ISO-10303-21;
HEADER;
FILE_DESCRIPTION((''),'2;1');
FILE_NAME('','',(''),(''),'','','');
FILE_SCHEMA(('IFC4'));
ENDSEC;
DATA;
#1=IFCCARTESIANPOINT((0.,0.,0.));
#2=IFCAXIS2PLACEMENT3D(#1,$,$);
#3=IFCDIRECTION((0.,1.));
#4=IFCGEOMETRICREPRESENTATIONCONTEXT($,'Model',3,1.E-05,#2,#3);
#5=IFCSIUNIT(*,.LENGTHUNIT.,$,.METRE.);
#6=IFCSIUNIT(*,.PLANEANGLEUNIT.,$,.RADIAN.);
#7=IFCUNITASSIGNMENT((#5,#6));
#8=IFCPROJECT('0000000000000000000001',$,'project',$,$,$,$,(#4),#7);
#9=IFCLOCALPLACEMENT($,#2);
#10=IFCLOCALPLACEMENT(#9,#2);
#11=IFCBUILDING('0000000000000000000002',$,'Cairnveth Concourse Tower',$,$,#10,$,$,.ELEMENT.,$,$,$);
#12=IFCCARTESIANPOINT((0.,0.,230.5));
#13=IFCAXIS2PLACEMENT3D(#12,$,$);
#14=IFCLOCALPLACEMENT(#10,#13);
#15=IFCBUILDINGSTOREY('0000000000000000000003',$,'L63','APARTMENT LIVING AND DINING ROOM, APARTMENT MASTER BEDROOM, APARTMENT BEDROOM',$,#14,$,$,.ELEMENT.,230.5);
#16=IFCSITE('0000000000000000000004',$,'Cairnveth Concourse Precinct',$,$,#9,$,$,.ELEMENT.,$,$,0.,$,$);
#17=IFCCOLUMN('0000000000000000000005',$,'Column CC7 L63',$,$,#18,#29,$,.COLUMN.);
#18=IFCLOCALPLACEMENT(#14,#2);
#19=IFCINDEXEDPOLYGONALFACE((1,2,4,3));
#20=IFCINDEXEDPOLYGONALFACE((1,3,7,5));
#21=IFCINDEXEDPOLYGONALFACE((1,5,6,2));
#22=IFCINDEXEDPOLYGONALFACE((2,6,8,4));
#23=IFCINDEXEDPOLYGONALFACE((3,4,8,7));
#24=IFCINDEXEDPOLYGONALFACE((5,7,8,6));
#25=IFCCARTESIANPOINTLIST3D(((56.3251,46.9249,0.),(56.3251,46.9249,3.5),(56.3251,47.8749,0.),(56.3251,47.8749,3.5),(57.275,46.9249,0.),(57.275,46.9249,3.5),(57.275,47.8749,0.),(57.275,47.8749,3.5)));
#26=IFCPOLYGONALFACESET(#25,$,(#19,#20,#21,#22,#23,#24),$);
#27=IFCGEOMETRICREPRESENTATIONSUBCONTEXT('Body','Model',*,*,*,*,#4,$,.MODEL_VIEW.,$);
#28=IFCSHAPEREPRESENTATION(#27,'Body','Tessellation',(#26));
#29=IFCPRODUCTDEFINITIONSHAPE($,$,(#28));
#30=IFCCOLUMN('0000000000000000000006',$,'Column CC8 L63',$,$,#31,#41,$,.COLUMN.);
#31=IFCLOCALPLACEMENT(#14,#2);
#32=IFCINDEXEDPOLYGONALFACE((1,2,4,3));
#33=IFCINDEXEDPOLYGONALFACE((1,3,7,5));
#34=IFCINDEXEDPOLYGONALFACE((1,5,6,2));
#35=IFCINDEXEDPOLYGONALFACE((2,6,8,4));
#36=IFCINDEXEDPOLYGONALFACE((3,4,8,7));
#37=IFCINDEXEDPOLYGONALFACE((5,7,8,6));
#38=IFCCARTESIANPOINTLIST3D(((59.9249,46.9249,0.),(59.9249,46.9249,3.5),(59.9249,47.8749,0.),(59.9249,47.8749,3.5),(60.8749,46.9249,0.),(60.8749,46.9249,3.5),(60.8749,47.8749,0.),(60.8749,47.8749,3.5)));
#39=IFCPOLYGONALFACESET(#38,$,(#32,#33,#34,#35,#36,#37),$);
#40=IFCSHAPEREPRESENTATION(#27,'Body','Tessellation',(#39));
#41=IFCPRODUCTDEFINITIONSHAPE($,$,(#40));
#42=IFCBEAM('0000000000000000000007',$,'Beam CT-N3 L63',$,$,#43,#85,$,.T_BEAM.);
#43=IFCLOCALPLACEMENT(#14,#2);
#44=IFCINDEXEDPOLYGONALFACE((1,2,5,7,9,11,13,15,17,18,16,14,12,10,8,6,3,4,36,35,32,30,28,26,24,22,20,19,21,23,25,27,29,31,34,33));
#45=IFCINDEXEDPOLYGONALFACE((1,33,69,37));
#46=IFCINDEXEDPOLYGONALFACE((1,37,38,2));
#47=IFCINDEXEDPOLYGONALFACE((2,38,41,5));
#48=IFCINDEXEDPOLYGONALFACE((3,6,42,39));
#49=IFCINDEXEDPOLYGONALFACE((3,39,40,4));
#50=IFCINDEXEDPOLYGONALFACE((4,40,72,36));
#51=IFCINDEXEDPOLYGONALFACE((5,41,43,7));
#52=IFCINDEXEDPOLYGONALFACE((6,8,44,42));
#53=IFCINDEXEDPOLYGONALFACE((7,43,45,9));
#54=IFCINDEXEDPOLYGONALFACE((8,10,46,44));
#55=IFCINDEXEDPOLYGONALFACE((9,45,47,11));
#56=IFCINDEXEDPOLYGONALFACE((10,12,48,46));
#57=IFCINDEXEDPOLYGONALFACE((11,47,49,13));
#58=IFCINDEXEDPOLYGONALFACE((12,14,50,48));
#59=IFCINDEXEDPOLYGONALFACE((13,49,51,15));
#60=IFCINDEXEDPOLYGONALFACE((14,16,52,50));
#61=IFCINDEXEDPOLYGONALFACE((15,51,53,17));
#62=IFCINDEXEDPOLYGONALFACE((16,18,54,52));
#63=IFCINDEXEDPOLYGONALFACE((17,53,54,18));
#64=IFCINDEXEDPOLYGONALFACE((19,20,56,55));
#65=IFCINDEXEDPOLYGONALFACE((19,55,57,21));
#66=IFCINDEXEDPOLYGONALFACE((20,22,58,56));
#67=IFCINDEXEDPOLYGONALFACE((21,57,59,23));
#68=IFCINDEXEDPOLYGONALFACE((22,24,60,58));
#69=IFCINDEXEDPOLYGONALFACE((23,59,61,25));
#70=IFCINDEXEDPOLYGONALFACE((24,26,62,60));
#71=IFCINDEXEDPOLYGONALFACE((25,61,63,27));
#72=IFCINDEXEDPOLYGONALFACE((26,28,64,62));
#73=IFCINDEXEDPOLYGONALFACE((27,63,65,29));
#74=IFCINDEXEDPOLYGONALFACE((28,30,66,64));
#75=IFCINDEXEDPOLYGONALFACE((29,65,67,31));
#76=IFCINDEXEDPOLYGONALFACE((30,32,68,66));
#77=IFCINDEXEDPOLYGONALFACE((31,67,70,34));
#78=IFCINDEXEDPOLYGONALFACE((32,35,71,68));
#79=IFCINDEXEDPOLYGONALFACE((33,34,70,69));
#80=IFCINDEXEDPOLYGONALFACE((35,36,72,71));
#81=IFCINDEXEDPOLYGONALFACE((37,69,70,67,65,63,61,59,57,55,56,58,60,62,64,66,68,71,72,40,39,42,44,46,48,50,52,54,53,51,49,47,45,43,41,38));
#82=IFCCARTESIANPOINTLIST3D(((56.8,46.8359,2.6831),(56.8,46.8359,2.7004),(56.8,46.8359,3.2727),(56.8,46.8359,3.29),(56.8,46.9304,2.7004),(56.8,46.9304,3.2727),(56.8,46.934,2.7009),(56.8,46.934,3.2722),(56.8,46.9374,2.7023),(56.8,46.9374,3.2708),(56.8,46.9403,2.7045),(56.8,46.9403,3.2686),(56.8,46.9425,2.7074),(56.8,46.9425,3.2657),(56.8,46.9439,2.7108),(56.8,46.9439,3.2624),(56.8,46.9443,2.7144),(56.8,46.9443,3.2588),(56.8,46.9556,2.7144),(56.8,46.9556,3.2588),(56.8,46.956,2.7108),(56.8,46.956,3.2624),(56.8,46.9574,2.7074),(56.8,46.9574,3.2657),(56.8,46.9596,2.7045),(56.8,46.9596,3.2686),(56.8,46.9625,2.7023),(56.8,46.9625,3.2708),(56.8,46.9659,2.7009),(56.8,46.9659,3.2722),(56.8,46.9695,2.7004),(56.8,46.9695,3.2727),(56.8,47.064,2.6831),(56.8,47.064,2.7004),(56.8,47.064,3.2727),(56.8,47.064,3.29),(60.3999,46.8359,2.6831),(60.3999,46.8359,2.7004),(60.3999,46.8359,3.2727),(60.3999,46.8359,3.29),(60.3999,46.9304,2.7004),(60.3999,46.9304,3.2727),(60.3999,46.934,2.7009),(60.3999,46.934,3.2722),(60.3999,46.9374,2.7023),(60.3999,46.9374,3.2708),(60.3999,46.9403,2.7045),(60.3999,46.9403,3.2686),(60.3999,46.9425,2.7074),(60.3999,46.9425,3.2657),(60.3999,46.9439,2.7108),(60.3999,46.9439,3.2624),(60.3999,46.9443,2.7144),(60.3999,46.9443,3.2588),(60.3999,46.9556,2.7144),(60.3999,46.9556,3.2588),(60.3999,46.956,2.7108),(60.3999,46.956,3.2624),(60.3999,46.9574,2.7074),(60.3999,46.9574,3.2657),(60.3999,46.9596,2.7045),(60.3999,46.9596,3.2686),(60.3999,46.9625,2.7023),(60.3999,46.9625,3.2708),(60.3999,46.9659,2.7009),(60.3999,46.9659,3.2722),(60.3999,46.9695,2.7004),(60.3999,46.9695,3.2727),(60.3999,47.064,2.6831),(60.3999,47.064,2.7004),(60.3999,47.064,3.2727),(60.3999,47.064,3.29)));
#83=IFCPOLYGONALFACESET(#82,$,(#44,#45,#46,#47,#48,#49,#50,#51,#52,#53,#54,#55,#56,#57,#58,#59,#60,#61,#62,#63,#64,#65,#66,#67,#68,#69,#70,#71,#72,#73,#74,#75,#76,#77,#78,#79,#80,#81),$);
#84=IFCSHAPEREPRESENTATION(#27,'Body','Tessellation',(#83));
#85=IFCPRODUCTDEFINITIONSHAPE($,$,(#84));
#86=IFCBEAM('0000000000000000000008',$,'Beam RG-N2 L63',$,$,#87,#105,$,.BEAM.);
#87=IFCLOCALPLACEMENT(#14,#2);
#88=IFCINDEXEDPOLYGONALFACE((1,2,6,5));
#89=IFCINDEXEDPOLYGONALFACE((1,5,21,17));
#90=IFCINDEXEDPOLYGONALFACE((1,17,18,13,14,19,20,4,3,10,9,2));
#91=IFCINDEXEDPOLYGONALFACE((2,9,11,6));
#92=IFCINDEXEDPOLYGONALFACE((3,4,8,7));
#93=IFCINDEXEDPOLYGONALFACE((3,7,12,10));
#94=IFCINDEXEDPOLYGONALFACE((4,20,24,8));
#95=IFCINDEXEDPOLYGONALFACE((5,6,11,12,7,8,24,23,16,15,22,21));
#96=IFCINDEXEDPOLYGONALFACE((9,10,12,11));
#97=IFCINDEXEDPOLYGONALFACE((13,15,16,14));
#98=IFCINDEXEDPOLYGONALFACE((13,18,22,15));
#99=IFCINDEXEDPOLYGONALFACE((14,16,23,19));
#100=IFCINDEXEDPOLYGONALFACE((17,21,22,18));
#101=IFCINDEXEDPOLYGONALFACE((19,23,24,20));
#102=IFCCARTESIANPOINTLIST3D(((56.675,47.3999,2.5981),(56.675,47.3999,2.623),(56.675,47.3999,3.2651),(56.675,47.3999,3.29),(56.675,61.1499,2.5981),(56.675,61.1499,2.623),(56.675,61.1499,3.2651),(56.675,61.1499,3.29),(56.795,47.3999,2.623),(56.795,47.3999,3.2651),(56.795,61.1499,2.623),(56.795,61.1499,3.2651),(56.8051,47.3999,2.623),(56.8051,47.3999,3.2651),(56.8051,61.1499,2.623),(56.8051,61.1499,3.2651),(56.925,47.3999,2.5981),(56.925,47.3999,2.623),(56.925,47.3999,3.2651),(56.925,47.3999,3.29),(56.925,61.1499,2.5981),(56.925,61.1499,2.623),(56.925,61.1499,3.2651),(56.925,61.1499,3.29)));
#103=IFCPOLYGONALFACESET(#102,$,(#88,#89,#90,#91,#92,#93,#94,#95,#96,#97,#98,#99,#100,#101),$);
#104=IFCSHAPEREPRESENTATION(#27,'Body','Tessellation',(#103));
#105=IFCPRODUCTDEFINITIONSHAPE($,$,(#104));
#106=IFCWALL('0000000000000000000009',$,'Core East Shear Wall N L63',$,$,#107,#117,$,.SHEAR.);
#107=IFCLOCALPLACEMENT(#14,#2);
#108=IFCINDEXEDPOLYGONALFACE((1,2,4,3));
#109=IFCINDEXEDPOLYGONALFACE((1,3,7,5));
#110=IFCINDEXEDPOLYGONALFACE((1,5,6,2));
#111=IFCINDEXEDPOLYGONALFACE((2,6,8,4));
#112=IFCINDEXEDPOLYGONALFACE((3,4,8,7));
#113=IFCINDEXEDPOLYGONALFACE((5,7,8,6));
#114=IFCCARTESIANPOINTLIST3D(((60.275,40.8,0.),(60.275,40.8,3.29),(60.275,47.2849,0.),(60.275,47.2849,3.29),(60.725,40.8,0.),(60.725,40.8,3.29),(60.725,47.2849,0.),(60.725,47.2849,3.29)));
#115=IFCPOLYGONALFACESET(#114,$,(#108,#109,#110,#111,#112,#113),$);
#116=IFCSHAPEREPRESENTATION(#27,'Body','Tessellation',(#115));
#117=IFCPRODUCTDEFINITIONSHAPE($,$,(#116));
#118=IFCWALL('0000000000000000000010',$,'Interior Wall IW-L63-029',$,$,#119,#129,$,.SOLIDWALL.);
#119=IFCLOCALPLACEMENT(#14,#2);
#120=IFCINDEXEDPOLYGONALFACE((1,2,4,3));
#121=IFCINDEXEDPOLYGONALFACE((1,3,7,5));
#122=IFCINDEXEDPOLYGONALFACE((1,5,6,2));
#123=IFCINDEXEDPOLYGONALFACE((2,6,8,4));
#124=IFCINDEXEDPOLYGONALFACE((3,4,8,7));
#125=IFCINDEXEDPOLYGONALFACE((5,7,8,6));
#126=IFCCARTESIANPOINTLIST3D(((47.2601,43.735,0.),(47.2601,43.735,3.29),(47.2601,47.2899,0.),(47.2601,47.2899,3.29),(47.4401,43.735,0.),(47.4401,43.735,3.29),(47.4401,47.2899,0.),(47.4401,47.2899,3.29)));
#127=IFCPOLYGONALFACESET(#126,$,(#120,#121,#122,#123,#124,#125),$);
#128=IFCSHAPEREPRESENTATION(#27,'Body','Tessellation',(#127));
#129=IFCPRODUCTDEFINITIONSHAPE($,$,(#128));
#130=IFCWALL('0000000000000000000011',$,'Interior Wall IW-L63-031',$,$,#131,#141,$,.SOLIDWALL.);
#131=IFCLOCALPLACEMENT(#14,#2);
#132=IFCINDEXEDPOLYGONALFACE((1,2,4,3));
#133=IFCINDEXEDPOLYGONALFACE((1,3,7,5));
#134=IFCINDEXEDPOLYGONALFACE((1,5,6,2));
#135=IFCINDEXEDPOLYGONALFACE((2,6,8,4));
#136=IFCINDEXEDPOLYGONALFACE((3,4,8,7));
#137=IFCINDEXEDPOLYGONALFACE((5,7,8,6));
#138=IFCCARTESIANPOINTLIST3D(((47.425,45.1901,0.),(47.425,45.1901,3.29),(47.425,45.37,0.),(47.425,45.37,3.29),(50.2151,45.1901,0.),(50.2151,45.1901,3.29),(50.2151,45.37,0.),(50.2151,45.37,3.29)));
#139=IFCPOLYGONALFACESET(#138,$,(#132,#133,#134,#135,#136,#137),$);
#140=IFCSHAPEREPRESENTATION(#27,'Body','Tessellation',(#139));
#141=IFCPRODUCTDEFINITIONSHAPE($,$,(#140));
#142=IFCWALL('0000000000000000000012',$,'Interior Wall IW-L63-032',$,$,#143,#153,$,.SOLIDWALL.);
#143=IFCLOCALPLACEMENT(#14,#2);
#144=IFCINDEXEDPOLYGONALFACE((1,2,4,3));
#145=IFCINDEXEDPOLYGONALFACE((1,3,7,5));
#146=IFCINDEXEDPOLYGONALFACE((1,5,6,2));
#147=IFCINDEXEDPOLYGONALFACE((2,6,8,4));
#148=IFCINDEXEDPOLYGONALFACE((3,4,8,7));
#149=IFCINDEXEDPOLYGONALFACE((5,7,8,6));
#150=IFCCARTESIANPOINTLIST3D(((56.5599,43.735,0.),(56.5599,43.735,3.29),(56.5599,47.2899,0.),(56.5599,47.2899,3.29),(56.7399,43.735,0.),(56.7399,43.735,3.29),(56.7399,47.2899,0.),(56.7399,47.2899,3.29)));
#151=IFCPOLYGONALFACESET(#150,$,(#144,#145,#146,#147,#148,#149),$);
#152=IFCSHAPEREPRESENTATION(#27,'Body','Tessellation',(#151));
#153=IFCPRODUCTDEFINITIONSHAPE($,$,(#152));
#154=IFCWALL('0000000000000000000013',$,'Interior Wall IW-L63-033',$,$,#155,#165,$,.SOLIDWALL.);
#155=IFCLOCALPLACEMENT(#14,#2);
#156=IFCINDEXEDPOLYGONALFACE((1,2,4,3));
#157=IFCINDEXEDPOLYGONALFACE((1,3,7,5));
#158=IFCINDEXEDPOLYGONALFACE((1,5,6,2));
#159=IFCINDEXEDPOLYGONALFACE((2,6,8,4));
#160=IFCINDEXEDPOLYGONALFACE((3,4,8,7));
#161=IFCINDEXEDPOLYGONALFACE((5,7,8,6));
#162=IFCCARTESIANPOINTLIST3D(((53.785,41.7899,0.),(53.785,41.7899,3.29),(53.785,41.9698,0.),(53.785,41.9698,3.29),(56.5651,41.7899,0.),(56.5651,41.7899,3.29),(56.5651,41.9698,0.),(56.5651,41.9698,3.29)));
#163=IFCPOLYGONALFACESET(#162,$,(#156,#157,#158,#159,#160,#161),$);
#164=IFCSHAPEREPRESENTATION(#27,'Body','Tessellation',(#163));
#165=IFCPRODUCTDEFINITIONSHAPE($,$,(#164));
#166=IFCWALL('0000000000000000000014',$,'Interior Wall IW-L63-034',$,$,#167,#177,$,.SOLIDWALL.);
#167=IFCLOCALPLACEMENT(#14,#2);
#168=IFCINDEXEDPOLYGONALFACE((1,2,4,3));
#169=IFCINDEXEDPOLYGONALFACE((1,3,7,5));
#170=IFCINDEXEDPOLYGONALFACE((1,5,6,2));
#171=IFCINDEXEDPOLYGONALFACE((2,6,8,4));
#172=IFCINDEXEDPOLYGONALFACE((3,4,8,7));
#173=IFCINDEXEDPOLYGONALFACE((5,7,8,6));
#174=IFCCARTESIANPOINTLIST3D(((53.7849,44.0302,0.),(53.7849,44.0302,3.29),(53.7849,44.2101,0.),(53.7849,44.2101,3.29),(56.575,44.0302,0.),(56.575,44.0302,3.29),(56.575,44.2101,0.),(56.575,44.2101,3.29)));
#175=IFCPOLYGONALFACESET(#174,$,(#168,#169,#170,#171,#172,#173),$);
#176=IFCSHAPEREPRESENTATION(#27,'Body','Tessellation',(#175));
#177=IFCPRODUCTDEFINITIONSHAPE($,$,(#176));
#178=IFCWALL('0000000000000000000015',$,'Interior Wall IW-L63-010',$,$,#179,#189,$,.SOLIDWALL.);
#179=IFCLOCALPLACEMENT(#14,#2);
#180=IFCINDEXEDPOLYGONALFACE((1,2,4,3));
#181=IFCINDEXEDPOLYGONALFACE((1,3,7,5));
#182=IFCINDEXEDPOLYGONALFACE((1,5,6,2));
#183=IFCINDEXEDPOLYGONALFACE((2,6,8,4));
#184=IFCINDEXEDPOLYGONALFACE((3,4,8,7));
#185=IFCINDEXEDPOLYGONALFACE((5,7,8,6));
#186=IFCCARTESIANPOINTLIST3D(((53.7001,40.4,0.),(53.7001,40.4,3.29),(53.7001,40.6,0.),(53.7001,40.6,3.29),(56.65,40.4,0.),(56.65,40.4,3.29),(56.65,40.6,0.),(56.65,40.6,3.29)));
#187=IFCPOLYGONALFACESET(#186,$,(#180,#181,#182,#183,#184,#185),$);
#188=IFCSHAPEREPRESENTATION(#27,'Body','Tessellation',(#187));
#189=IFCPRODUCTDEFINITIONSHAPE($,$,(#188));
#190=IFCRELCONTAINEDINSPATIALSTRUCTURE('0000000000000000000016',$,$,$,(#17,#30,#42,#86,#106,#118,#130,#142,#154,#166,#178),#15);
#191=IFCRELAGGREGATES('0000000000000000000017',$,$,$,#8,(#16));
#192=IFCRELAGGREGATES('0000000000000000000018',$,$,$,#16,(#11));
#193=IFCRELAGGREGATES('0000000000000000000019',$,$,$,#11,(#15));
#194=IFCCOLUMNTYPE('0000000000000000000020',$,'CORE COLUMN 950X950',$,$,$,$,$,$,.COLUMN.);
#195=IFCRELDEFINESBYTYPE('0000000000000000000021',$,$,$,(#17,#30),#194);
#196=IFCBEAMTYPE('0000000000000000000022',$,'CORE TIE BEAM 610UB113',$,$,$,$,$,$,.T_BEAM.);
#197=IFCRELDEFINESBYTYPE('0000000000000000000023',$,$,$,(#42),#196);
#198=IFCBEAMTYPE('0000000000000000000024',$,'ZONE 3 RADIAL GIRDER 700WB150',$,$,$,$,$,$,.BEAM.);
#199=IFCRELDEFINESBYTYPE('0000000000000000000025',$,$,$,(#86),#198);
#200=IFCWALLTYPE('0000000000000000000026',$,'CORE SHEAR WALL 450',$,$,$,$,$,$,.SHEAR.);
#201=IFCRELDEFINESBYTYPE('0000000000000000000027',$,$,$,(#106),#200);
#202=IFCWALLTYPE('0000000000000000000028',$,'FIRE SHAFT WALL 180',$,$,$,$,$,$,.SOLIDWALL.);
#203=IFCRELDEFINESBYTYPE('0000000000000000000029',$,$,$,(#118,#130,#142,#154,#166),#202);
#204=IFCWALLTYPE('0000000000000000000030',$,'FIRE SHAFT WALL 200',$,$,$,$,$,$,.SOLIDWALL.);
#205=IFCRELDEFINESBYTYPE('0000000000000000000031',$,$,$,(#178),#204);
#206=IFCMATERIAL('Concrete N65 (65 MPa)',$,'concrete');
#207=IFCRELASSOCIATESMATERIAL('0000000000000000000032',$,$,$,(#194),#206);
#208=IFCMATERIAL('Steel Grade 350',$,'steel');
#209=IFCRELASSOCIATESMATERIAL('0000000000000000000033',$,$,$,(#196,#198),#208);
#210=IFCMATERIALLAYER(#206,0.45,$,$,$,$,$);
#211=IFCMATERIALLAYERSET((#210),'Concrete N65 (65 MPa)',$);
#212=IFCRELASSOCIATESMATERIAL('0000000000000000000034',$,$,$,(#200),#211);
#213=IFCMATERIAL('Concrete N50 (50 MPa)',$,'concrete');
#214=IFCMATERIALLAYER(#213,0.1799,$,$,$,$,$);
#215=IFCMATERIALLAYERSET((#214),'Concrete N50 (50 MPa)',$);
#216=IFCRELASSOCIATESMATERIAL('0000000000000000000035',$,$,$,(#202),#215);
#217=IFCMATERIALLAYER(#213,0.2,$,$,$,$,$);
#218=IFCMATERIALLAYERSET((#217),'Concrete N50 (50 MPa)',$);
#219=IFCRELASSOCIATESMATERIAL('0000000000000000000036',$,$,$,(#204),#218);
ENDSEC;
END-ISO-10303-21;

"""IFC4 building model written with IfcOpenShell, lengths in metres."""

from ifc_helpers import new_model, si_unit, direction, frame, frame_2d, origin, origin_2d, place, context, subcontext, project, spatial, rectangle, i_section, extrude, material, layer, layer_set, material_profile, profile_set, type_object, element, save


model = new_model("IFC4")

# Units and contexts
model_context = context("Model", 3, precision=1e-05, world=origin(), true_north=direction((0.0, 1.0)))
body_context = subcontext(model_context, "Body", "Model", "MODEL_VIEW")
ifc_project = project(units=[si_unit("LENGTHUNIT", "METRE"), si_unit("PLANEANGLEUNIT", "RADIAN")], contexts=[model_context])

# Site, building, storey
site_placement = place(None, origin())
site = spatial("IfcSite", under=ifc_project, at=site_placement, Name="Cairnveth Concourse Precinct", CompositionType="ELEMENT", RefElevation=0.0)
building_placement = place(site_placement, origin())
building = spatial("IfcBuilding", under=site, at=building_placement, Name="Cairnveth Concourse Tower", CompositionType="ELEMENT")
storey_placement = place(building_placement, frame((0.0, 0.0, 230.5)))
storey = spatial("IfcBuildingStorey", under=building, at=storey_placement, Name="L63", Description="APARTMENT LIVING AND DINING ROOM, APARTMENT MASTER BEDROOM, APARTMENT BEDROOM", CompositionType="ELEMENT", Elevation=230.5)

# Columns
ifc_material_1 = material(Name="Concrete N65 (65 MPa)", Category="concrete")
ifc_material_profile_1 = material_profile(ifc_material_1, rectangle(XDim=0.95, YDim=0.95, at=origin_2d()), Name="RC-COL-950x950")
ifc_profile_set_1 = profile_set([ifc_material_profile_1], Name="Concrete N65 (65 MPa)")
column_type = type_object("IfcColumnType", Name="CORE COLUMN 950X950", PredefinedType="COLUMN", material=ifc_profile_set_1)
for number, where, z_axis, x_axis, name in (
    (1, (56.8, 47.3999, 0.0), (0.0, 0.0, 1.0), (1.0, 0.0, 0.0), "Column CC7 L63"),
    (2, (60.3999, 47.3999, 0.0), (0.0, 0.0, 1.0), (1.0, 0.0, 0.0), "Column CC8 L63"),
):
    element("IfcColumn", number, at=place(storey_placement, frame(where, z_axis=z_axis, x_axis=x_axis)), inside=storey, type_object=column_type, Name=name, PredefinedType="COLUMN", context=body_context, shape_type="SweptSolid", body=[
        extrude(rectangle(XDim=0.95, YDim=0.95, at=origin_2d()), origin(), (0.0, 0.0, 1.0), 3.5),
    ])

# Beams
ifc_material_2 = material(Name="Steel Grade 350", Category="steel")
ifc_material_profile_2 = material_profile(ifc_material_2, i_section(OverallWidth=0.228, OverallDepth=0.6069, WebThickness=0.0112, FlangeThickness=0.0173, FilletRadius=0.0139, at=origin_2d()), Name="610UB113")
ifc_profile_set_2 = profile_set([ifc_material_profile_2], Name="Steel Grade 350")
beam_type_1 = type_object("IfcBeamType", Name="CORE TIE BEAM 610UB113", PredefinedType="T_BEAM", material=ifc_profile_set_2)
beam_1_placement = place(storey_placement, frame((56.8, 46.95, 2.9866), z_axis=(1.0, 0.0, 0.0), x_axis=(0.0, 1.0, 0.0)))
element("IfcBeam", 3, at=beam_1_placement, inside=storey, type_object=beam_type_1, Name="Beam CT-N3 L63", PredefinedType="T_BEAM", context=body_context, shape_type="SweptSolid", body=[
    extrude(i_section(OverallWidth=0.228, OverallDepth=0.6069, WebThickness=0.0112, FlangeThickness=0.0173, FilletRadius=0.0139, at=origin_2d()), origin(), (0.0, 0.0, 1.0), 3.5999),
])
ifc_material_profile_3 = material_profile(ifc_material_2, i_section(OverallWidth=0.25, OverallDepth=0.6919, WebThickness=0.01, FlangeThickness=0.0249, at=origin_2d()), Name="700WB150")
ifc_profile_set_3 = profile_set([ifc_material_profile_3], Name="Steel Grade 350")
beam_type_2 = type_object("IfcBeamType", Name="ZONE 3 RADIAL GIRDER 700WB150", PredefinedType="BEAM", material=ifc_profile_set_3)
beam_2_placement = place(storey_placement, frame((56.8, 47.3999, 2.9441), z_axis=(0.0, 1.0, 0.0), x_axis=(-1.0, 0.0, 0.0)))
element("IfcBeam", 4, at=beam_2_placement, inside=storey, type_object=beam_type_2, Name="Beam RG-N2 L63", PredefinedType="BEAM", context=body_context, shape_type="SweptSolid", body=[
    extrude(i_section(OverallWidth=0.25, OverallDepth=0.6919, WebThickness=0.01, FlangeThickness=0.0249, at=origin_2d()), origin(), (0.0, 0.0, 1.0), 13.75),
])

# Walls
ifc_layer_1 = layer(ifc_material_1, 0.45)
ifc_layer_set_1 = layer_set([ifc_layer_1], Name="Concrete N65 (65 MPa)")
wall_type_1 = type_object("IfcWallType", Name="CORE SHEAR WALL 450", PredefinedType="SHEAR", material=ifc_layer_set_1)
wall_1_placement = place(storey_placement, frame((60.5, 40.8, 0.0), z_axis=(0.0, 0.0, 1.0), x_axis=(0.0, 1.0, 0.0)))
element("IfcWall", 5, at=wall_1_placement, inside=storey, type_object=wall_type_1, Name="Core East Shear Wall N L63", PredefinedType="SHEAR", context=body_context, shape_type="SweptSolid", body=[
    extrude(rectangle(XDim=6.4849, YDim=0.45, at=frame_2d((3.2424, 0.0))), origin(), (0.0, 0.0, 1.0), 3.29),
])
ifc_material_3 = material(Name="Concrete N50 (50 MPa)", Category="concrete")
ifc_layer_2 = layer(ifc_material_3, 0.1799)
ifc_layer_set_2 = layer_set([ifc_layer_2], Name="Concrete N50 (50 MPa)")
wall_type_2 = type_object("IfcWallType", Name="FIRE SHAFT WALL 180", PredefinedType="SOLIDWALL", material=ifc_layer_set_2)
wall_2_placement = place(storey_placement, frame((47.3501, 43.7351, 0.0), z_axis=(0.0, 0.0, 1.0), x_axis=(0.0, 1.0, 0.0)))
element("IfcWall", 6, at=wall_2_placement, inside=storey, type_object=wall_type_2, Name="Interior Wall IW-L63-029", PredefinedType="SOLIDWALL", context=body_context, shape_type="SweptSolid", body=[
    extrude(rectangle(XDim=3.5549, YDim=0.1799, at=frame_2d((1.7773, 0.0))), origin(), (0.0, 0.0, 1.0), 3.29),
])
wall_3_placement = place(storey_placement, frame((47.425, 45.28, 0.0), z_axis=(0.0, 0.0, 1.0), x_axis=(1.0, 0.0, 0.0)))
element("IfcWall", 7, at=wall_3_placement, inside=storey, type_object=wall_type_2, Name="Interior Wall IW-L63-031", PredefinedType="SOLIDWALL", context=body_context, shape_type="SweptSolid", body=[
    extrude(rectangle(XDim=2.79, YDim=0.1799, at=frame_2d((1.395, 0.0))), origin(), (0.0, 0.0, 1.0), 3.29),
])
wall_4_placement = place(storey_placement, frame((56.6499, 43.7351, 0.0), z_axis=(0.0, 0.0, 1.0), x_axis=(0.0, 1.0, 0.0)))
element("IfcWall", 8, at=wall_4_placement, inside=storey, type_object=wall_type_2, Name="Interior Wall IW-L63-032", PredefinedType="SOLIDWALL", context=body_context, shape_type="SweptSolid", body=[
    extrude(rectangle(XDim=3.5549, YDim=0.1799, at=frame_2d((1.7773, 0.0))), origin(), (0.0, 0.0, 1.0), 3.29),
])
wall_5_placement = place(storey_placement, frame((53.7849, 41.8799, 0.0), z_axis=(0.0, 0.0, 1.0), x_axis=(1.0, 0.0, 0.0)))
element("IfcWall", 9, at=wall_5_placement, inside=storey, type_object=wall_type_2, Name="Interior Wall IW-L63-033", PredefinedType="SOLIDWALL", context=body_context, shape_type="SweptSolid", body=[
    extrude(rectangle(XDim=2.78, YDim=0.1799, at=frame_2d((1.3901, 0.0))), origin(), (0.0, 0.0, 1.0), 3.29),
])
wall_6_placement = place(storey_placement, frame((53.7849, 44.1201, 0.0), z_axis=(0.0, 0.0, 1.0), x_axis=(1.0, 0.0, 0.0)))
element("IfcWall", 10, at=wall_6_placement, inside=storey, type_object=wall_type_2, Name="Interior Wall IW-L63-034", PredefinedType="SOLIDWALL", context=body_context, shape_type="SweptSolid", body=[
    extrude(rectangle(XDim=2.79, YDim=0.1799, at=frame_2d((1.395, 0.0))), origin(), (0.0, 0.0, 1.0), 3.29),
])
ifc_layer_3 = layer(ifc_material_3, 0.2)
ifc_layer_set_3 = layer_set([ifc_layer_3], Name="Concrete N50 (50 MPa)")
wall_type_3 = type_object("IfcWallType", Name="FIRE SHAFT WALL 200", PredefinedType="SOLIDWALL", material=ifc_layer_set_3)
wall_7_placement = place(storey_placement, frame((53.7, 40.5, 0.0), z_axis=(0.0, 0.0, 1.0), x_axis=(1.0, 0.0, 0.0)))
element("IfcWall", 11, at=wall_7_placement, inside=storey, type_object=wall_type_3, Name="Interior Wall IW-L63-010", PredefinedType="SOLIDWALL", context=body_context, shape_type="SweptSolid", body=[
    extrude(rectangle(XDim=2.95, YDim=0.2, at=frame_2d((1.4751, 0.0))), origin(), (0.0, 0.0, 1.0), 3.29),
])

save(model, "model.ifc")
